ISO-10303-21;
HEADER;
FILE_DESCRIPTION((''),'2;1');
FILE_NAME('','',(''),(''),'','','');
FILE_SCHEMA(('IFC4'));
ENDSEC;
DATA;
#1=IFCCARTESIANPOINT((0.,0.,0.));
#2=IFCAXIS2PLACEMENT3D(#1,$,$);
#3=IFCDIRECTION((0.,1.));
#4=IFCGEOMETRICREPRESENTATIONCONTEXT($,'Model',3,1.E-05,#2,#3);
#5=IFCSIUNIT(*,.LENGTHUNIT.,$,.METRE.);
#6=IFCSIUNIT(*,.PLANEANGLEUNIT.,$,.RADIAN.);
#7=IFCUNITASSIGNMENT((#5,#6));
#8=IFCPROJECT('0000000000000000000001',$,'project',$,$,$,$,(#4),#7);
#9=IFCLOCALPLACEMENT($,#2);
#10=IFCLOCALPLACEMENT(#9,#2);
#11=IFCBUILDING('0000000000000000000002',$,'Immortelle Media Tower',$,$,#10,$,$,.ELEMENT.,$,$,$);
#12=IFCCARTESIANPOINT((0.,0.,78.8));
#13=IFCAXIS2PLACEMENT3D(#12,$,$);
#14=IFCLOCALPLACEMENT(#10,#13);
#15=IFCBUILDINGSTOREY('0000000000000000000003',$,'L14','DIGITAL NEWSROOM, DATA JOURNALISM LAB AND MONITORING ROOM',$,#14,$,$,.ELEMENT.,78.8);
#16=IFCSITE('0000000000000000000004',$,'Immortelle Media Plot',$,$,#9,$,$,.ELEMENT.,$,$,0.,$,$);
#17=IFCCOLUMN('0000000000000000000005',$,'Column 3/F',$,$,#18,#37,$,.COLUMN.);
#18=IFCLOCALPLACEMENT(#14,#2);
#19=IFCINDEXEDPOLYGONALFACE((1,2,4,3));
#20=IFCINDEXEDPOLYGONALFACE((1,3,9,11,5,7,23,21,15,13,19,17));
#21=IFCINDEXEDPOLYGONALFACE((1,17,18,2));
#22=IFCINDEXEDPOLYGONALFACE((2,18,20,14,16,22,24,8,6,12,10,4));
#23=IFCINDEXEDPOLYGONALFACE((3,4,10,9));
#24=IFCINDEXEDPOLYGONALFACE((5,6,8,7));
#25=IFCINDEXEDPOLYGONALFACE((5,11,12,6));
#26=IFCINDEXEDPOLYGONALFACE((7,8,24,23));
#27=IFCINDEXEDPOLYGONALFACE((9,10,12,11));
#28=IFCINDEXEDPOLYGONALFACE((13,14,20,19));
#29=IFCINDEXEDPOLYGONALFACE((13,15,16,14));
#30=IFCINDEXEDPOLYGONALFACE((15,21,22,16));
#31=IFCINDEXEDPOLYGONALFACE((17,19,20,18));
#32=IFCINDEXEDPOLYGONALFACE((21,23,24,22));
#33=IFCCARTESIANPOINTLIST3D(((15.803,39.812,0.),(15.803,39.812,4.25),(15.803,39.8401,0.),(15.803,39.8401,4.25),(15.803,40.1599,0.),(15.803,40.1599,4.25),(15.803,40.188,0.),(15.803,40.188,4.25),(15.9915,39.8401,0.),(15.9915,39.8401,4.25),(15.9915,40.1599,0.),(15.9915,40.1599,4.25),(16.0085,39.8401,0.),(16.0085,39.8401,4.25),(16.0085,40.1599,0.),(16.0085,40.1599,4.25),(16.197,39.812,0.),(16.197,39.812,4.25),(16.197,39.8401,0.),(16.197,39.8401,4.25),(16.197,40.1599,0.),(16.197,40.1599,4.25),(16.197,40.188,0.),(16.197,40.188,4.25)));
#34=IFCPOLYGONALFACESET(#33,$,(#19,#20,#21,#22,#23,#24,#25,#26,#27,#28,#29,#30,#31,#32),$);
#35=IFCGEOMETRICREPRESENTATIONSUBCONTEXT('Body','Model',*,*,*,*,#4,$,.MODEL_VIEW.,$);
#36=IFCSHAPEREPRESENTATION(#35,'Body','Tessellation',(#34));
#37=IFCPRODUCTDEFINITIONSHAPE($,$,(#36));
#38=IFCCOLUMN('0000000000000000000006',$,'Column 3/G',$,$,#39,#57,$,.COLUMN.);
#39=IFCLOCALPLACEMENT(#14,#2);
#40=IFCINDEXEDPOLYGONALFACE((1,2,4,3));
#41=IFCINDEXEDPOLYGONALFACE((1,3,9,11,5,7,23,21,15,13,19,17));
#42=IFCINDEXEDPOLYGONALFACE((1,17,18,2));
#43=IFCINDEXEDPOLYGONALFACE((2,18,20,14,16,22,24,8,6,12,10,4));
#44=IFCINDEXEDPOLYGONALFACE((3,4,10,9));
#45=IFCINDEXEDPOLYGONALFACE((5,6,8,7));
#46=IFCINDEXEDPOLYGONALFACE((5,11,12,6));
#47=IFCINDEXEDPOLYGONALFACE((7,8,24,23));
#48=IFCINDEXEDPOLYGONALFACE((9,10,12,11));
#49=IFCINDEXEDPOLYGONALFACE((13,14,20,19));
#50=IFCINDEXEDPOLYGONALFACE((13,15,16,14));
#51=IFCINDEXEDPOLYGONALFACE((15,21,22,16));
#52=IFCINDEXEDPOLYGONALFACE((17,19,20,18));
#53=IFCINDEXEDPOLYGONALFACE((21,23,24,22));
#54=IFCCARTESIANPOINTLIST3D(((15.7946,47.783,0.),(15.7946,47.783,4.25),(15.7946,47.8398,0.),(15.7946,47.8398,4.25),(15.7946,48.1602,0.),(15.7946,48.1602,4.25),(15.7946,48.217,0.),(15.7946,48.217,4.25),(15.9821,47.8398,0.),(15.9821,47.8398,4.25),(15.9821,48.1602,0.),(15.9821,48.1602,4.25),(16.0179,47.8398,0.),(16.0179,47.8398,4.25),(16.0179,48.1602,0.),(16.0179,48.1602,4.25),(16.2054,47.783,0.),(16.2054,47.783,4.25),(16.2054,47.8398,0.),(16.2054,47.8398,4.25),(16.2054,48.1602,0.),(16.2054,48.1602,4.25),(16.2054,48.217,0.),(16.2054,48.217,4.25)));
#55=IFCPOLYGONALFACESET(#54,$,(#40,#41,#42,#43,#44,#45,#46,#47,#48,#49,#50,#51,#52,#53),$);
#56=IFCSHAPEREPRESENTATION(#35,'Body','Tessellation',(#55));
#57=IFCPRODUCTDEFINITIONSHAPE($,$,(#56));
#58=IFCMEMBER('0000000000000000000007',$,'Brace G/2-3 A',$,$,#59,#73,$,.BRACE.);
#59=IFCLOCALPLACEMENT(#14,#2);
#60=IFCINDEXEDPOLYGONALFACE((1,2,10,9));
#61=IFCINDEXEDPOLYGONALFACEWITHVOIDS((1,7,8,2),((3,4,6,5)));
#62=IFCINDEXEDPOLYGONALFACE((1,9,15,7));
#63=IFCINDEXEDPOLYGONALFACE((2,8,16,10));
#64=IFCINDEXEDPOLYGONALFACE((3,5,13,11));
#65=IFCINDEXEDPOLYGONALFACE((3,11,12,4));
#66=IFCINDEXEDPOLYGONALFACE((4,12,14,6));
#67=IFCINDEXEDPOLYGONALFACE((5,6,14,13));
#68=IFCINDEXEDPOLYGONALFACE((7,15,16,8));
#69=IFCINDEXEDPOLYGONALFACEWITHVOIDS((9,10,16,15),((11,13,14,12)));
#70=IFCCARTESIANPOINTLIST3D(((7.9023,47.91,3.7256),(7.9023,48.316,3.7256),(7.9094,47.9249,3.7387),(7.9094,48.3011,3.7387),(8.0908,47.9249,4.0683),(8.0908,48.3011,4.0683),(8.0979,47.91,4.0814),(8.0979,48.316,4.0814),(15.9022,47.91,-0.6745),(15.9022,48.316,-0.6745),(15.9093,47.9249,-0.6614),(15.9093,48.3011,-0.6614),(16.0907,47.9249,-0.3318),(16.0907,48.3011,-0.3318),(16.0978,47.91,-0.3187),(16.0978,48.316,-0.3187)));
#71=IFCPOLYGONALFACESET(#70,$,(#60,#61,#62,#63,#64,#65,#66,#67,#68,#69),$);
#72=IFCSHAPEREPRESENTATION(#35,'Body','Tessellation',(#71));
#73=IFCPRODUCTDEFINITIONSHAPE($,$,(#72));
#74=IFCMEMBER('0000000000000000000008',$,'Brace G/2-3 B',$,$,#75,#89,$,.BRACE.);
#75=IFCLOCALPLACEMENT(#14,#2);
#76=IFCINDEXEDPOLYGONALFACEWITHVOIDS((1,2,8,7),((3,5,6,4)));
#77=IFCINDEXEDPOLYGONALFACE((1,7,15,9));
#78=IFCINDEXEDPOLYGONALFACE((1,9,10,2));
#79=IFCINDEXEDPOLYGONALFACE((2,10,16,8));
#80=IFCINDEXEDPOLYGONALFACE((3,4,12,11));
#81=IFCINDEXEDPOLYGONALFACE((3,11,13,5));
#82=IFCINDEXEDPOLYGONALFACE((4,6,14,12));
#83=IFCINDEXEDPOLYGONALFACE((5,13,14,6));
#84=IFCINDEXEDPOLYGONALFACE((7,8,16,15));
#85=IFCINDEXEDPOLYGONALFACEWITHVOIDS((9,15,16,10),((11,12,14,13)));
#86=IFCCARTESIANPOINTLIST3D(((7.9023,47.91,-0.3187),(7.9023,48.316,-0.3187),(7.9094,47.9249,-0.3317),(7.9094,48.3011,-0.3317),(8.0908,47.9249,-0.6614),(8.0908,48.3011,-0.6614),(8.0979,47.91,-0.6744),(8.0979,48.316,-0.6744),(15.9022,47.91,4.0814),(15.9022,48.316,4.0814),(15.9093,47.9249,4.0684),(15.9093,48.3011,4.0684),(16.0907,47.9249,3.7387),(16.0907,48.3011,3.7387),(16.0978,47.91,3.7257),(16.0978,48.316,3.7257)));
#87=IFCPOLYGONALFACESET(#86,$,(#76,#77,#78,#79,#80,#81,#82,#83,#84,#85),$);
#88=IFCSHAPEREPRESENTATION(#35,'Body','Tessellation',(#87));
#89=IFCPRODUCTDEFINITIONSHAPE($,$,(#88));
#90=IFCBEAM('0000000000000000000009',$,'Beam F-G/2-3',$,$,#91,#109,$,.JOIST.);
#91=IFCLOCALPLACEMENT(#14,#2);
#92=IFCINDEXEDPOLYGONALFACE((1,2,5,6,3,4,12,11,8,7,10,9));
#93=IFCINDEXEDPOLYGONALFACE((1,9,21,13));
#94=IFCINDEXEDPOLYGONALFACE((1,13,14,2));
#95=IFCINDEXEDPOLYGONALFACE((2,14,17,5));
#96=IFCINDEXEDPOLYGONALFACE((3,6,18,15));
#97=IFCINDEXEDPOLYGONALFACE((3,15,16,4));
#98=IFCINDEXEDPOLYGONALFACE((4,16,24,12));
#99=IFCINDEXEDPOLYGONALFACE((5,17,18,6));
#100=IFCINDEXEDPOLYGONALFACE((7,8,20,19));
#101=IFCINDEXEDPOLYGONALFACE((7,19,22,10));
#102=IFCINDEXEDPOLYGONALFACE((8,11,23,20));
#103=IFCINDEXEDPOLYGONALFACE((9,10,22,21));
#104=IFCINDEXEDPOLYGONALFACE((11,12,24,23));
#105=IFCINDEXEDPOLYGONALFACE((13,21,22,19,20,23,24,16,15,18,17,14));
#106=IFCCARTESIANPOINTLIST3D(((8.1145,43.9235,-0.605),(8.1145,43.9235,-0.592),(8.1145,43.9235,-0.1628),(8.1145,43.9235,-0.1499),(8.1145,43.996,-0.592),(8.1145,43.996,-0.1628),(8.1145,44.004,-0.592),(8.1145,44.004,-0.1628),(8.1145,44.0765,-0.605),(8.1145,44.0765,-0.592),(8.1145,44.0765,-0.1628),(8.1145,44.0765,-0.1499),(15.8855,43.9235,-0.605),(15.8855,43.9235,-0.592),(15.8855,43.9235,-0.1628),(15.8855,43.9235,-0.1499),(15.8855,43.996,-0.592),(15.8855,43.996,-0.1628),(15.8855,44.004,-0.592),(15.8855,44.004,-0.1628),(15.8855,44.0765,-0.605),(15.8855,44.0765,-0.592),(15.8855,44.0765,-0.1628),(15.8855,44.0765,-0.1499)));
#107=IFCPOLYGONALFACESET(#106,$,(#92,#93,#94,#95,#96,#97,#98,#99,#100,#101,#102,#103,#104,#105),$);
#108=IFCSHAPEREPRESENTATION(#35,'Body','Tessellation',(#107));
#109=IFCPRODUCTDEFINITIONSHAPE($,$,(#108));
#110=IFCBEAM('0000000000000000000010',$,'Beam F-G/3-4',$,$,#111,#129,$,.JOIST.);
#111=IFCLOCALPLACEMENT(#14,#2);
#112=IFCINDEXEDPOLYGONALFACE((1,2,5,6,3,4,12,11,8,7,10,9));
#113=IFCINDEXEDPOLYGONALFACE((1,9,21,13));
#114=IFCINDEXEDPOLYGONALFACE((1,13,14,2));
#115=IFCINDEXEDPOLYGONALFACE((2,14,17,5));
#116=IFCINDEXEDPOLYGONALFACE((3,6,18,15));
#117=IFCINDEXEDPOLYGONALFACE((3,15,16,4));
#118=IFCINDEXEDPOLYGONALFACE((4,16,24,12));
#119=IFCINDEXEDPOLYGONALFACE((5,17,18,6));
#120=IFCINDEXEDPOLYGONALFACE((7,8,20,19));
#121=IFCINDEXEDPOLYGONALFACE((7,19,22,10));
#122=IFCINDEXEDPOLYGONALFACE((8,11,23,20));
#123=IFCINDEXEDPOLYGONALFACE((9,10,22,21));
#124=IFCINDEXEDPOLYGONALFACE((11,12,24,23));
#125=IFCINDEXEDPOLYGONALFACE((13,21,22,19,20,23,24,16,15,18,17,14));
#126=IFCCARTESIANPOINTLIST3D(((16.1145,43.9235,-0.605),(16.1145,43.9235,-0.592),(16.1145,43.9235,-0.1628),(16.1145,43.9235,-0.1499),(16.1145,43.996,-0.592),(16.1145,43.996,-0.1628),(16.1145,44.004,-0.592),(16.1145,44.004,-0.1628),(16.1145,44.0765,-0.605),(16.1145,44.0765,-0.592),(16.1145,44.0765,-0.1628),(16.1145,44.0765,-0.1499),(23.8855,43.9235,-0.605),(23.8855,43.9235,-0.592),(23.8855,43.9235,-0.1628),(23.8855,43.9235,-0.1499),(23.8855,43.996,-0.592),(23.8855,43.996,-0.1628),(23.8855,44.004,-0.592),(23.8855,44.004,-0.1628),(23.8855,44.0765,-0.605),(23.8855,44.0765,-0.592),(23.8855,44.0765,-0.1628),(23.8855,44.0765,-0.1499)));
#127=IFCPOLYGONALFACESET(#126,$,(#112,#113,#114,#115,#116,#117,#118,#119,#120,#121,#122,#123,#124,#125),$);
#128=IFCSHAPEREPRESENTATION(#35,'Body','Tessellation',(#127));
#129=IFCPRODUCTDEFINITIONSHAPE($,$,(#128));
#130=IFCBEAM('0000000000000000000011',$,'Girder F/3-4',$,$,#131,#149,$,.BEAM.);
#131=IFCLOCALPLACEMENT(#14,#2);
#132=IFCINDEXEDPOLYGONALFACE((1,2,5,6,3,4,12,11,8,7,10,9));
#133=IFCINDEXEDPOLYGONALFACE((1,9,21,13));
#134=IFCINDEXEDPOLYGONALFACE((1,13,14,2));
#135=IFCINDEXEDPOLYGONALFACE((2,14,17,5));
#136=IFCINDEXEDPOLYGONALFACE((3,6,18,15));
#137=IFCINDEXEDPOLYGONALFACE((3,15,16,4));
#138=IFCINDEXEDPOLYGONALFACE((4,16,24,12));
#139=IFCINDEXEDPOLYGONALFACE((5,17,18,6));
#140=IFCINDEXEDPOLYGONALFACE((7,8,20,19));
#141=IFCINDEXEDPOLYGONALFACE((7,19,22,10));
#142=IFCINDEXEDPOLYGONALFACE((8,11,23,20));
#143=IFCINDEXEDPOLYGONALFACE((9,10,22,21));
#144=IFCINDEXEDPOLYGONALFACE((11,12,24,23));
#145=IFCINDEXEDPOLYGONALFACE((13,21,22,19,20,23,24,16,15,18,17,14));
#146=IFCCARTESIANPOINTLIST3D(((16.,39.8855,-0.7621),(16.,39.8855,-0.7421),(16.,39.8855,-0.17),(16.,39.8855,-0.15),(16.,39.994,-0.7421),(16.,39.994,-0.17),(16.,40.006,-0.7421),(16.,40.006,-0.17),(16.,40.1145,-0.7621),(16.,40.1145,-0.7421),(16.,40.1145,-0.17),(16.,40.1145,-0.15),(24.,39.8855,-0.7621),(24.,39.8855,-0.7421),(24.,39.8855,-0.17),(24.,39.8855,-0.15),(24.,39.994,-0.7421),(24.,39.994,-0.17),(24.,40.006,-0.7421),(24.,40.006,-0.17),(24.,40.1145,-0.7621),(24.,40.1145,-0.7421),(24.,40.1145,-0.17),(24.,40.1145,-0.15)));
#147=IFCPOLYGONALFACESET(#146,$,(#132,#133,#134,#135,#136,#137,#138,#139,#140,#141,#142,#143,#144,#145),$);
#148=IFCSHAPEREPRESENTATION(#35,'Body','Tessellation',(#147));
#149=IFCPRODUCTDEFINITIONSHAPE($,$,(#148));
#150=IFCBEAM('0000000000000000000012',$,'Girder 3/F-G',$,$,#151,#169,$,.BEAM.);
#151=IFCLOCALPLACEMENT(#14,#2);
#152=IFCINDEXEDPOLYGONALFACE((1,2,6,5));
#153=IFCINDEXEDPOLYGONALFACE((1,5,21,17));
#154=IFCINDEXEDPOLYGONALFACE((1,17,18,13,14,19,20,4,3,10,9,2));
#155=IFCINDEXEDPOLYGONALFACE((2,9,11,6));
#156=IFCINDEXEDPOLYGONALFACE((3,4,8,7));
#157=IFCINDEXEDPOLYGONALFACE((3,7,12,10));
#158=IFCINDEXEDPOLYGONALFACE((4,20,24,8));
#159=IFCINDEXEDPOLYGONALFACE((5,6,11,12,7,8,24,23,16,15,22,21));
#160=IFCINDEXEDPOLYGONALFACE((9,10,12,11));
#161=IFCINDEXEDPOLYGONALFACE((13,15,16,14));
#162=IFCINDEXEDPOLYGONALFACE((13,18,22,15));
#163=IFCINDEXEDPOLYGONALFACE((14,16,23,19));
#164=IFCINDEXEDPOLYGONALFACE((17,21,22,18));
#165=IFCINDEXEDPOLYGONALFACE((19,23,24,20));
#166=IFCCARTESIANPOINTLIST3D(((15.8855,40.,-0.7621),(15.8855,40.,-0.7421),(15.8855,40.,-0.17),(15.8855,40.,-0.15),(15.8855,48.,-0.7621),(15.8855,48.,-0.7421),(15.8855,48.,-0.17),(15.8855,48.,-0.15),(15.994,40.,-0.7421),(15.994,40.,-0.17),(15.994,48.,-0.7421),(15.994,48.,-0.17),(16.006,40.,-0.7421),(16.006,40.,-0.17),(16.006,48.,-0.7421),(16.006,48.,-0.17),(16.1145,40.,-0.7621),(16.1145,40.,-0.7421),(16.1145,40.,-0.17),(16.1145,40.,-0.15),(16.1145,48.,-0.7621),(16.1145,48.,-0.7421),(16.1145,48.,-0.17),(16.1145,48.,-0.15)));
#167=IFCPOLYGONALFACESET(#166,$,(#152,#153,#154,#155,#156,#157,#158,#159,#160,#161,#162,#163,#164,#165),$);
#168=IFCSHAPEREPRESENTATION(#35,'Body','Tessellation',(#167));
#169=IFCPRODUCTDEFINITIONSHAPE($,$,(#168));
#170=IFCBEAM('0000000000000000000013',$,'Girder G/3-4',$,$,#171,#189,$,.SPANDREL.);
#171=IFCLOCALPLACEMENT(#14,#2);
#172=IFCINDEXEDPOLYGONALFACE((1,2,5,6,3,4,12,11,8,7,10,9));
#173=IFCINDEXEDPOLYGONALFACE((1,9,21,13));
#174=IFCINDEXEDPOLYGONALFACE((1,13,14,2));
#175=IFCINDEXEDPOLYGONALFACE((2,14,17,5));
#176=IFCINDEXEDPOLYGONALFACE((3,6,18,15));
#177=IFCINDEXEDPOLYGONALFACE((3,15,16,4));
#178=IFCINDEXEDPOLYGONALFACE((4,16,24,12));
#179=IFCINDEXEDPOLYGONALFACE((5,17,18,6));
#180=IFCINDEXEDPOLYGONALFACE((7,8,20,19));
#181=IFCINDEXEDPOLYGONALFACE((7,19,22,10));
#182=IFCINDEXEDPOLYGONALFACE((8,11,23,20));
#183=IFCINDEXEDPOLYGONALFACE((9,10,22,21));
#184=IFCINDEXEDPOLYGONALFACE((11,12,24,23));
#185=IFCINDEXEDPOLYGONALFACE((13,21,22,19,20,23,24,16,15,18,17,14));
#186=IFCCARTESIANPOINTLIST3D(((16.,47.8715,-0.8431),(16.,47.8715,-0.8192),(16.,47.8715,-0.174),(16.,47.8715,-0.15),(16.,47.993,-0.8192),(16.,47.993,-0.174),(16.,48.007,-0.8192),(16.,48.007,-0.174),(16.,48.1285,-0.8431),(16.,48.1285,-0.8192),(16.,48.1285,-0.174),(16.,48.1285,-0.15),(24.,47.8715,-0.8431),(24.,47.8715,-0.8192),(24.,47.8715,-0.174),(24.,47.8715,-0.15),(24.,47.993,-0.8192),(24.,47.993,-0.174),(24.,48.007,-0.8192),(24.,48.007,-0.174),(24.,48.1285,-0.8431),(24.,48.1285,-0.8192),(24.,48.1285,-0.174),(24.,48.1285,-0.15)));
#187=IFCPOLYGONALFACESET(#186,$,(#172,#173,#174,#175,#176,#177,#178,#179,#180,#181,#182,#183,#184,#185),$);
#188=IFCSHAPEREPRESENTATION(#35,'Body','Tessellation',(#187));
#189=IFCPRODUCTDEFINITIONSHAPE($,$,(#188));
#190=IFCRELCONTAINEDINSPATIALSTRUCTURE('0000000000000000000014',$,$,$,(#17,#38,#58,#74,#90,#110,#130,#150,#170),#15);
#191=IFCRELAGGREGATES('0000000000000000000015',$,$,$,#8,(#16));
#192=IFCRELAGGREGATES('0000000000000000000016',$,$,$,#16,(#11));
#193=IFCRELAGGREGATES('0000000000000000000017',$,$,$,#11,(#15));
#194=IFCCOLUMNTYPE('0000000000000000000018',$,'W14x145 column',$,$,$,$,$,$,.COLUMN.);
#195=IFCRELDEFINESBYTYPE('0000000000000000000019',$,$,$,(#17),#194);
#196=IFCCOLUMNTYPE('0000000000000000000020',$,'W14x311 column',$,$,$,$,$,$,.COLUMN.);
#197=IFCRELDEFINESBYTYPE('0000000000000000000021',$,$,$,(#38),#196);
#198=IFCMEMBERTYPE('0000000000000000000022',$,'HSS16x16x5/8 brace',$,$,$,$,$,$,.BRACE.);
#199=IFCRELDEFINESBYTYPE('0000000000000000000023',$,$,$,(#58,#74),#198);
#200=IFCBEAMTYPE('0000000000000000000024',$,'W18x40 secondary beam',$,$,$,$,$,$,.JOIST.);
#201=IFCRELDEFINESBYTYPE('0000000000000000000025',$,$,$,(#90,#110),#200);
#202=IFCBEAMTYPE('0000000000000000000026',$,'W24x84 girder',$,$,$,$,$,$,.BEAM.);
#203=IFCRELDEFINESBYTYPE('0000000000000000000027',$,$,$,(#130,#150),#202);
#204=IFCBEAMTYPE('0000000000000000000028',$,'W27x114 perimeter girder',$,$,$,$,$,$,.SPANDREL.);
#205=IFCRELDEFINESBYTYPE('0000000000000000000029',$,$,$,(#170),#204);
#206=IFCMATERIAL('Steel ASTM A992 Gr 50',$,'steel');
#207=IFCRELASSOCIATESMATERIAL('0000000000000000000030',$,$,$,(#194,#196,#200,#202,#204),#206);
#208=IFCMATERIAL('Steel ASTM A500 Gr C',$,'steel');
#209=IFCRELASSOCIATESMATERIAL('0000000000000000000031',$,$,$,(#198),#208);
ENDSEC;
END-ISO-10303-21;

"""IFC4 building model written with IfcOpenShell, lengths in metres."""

from ifc_helpers import new_model, si_unit, direction, frame, origin, origin_2d, place, context, subcontext, project, spatial, hollow_rectangle, i_section, extrude, material, material_profile, profile_set, type_object, element, save


model = new_model("IFC4")

# Units and contexts
model_context = context("Model", 3, precision=1e-05, world=origin(), true_north=direction((0.0, 1.0)))
body_context = subcontext(model_context, "Body", "Model", "MODEL_VIEW")
ifc_project = project(units=[si_unit("LENGTHUNIT", "METRE"), si_unit("PLANEANGLEUNIT", "RADIAN")], contexts=[model_context])

# Site, building, storey
site_placement = place(None, origin())
site = spatial("IfcSite", under=ifc_project, at=site_placement, Name="Immortelle Media Plot", CompositionType="ELEMENT", RefElevation=0.0)
building_placement = place(site_placement, origin())
building = spatial("IfcBuilding", under=site, at=building_placement, Name="Immortelle Media Tower", CompositionType="ELEMENT")
storey_placement = place(building_placement, frame((0.0, 0.0, 78.8)))
storey = spatial("IfcBuildingStorey", under=building, at=storey_placement, Name="L14", Description="DIGITAL NEWSROOM, DATA JOURNALISM LAB AND MONITORING ROOM", CompositionType="ELEMENT", Elevation=78.8)

# Columns
ifc_material_1 = material(Name="Steel ASTM A992 Gr 50", Category="steel")
ifc_material_profile_1 = material_profile(ifc_material_1, i_section(OverallWidth=0.394, OverallDepth=0.376, WebThickness=0.0171, FlangeThickness=0.0281, at=origin_2d()), Name="W14x145")
ifc_profile_set_1 = profile_set([ifc_material_profile_1], Name="Steel ASTM A992 Gr 50")
column_type_1 = type_object("IfcColumnType", Name="W14x145 column", PredefinedType="COLUMN", material=ifc_profile_set_1)
column_1_placement = place(storey_placement, frame((16.0, 40.0, 0.0), z_axis=(0.0, 0.0, 1.0), x_axis=(1.0, 0.0, 0.0)))
element("IfcColumn", 1, at=column_1_placement, inside=storey, type_object=column_type_1, Name="Column 3/F", PredefinedType="COLUMN", context=body_context, shape_type="SweptSolid", body=[
    extrude(i_section(OverallWidth=0.394, OverallDepth=0.376, WebThickness=0.0171, FlangeThickness=0.0281, at=origin_2d()), origin(), (0.0, 0.0, 1.0), 4.25),
])
ifc_material_profile_2 = material_profile(ifc_material_1, i_section(OverallWidth=0.4109, OverallDepth=0.4341, WebThickness=0.0359, FlangeThickness=0.0569, at=origin_2d()), Name="W14x311")
ifc_profile_set_2 = profile_set([ifc_material_profile_2], Name="Steel ASTM A992 Gr 50")
column_type_2 = type_object("IfcColumnType", Name="W14x311 column", PredefinedType="COLUMN", material=ifc_profile_set_2)
column_2_placement = place(storey_placement, frame((16.0, 48.0, 0.0), z_axis=(0.0, 0.0, 1.0), x_axis=(1.0, 0.0, 0.0)))
element("IfcColumn", 2, at=column_2_placement, inside=storey, type_object=column_type_2, Name="Column 3/G", PredefinedType="COLUMN", context=body_context, shape_type="SweptSolid", body=[
    extrude(i_section(OverallWidth=0.4109, OverallDepth=0.4341, WebThickness=0.0359, FlangeThickness=0.0569, at=origin_2d()), origin(), (0.0, 0.0, 1.0), 4.25),
])

# Members
ifc_material_2 = material(Name="Steel ASTM A500 Gr C", Category="steel")
ifc_material_profile_3 = material_profile(ifc_material_2, hollow_rectangle(XDim=0.406, YDim=0.406, WallThickness=0.0149, at=origin_2d()), Name="HSS16x16x5/8 brace")
ifc_profile_set_3 = profile_set([ifc_material_profile_3], Name="Steel ASTM A500 Gr C")
member_type = type_object("IfcMemberType", Name="HSS16x16x5/8 brace", PredefinedType="BRACE", material=ifc_profile_set_3)
for number, where, z_axis, x_axis, name in (
    (3, (16.0, 48.113, -0.4966), (-0.876209, 0.0, 0.481931), (0.0, -1.0, 0.0), "Brace G/2-3 A"),
    (4, (16.0, 48.113, 3.9036), (-0.876209, 0.0, -0.481931), (0.0, -1.0, 0.0), "Brace G/2-3 B"),
):
    element("IfcMember", number, at=place(storey_placement, frame(where, z_axis=z_axis, x_axis=x_axis)), inside=storey, type_object=member_type, Name=name, PredefinedType="BRACE", context=body_context, shape_type="SweptSolid", body=[
        extrude(hollow_rectangle(XDim=0.406, YDim=0.406, WallThickness=0.0149, at=origin_2d()), origin(), (0.0, 0.0, 1.0), 9.1301),
    ])

# Beams
ifc_material_profile_4 = material_profile(ifc_material_1, i_section(OverallWidth=0.1531, OverallDepth=0.4551, WebThickness=0.0081, FlangeThickness=0.0129, at=origin_2d()), Name="W18x40")
ifc_profile_set_4 = profile_set([ifc_material_profile_4], Name="Steel ASTM A992 Gr 50")
beam_type_1 = type_object("IfcBeamType", Name="W18x40 secondary beam", PredefinedType="JOIST", material=ifc_profile_set_4)
for number, where, z_axis, x_axis, name in (
    (5, (8.1145, 44.0, -0.3774), (1.0, 0.0, 0.0), (0.0, 1.0, 0.0), "Beam F-G/2-3"),
    (6, (16.1145, 44.0, -0.3774), (1.0, 0.0, 0.0), (0.0, 1.0, 0.0), "Beam F-G/3-4"),
):
    element("IfcBeam", number, at=place(storey_placement, frame(where, z_axis=z_axis, x_axis=x_axis)), inside=storey, type_object=beam_type_1, Name=name, PredefinedType="JOIST", context=body_context, shape_type="SweptSolid", body=[
        extrude(i_section(OverallWidth=0.1531, OverallDepth=0.4551, WebThickness=0.0081, FlangeThickness=0.0129, at=origin_2d()), origin(), (0.0, 0.0, 1.0), 7.771),
    ])
ifc_material_profile_5 = material_profile(ifc_material_1, i_section(OverallWidth=0.229, OverallDepth=0.6121, WebThickness=0.012, FlangeThickness=0.02, at=origin_2d()), Name="W24x84")
ifc_profile_set_5 = profile_set([ifc_material_profile_5], Name="Steel ASTM A992 Gr 50")
beam_type_2 = type_object("IfcBeamType", Name="W24x84 girder", PredefinedType="BEAM", material=ifc_profile_set_5)
for number, where, z_axis, x_axis, name in (
    (7, (16.0, 40.0, -0.4561), (1.0, 0.0, 0.0), (0.0, 1.0, 0.0), "Girder F/3-4"),
    (8, (16.0, 40.0, -0.4561), (0.0, 1.0, 0.0), (-1.0, 0.0, 0.0), "Girder 3/F-G"),
):
    element("IfcBeam", number, at=place(storey_placement, frame(where, z_axis=z_axis, x_axis=x_axis)), inside=storey, type_object=beam_type_2, Name=name, PredefinedType="BEAM", context=body_context, shape_type="SweptSolid", body=[
        extrude(i_section(OverallWidth=0.229, OverallDepth=0.6121, WebThickness=0.012, FlangeThickness=0.02, at=origin_2d()), origin(), (0.0, 0.0, 1.0), 8.0),
    ])
ifc_material_profile_6 = material_profile(ifc_material_1, i_section(OverallWidth=0.2571, OverallDepth=0.6931, WebThickness=0.0139, FlangeThickness=0.0239, at=origin_2d()), Name="W27x114")
ifc_profile_set_6 = profile_set([ifc_material_profile_6], Name="Steel ASTM A992 Gr 50")
beam_type_3 = type_object("IfcBeamType", Name="W27x114 perimeter girder", PredefinedType="SPANDREL", material=ifc_profile_set_6)
beam_placement = place(storey_placement, frame((16.0, 48.0, -0.4966), z_axis=(1.0, 0.0, 0.0), x_axis=(0.0, 1.0, 0.0)))
element("IfcBeam", 9, at=beam_placement, inside=storey, type_object=beam_type_3, Name="Girder G/3-4", PredefinedType="SPANDREL", context=body_context, shape_type="SweptSolid", body=[
    extrude(i_section(OverallWidth=0.2571, OverallDepth=0.6931, WebThickness=0.0139, FlangeThickness=0.0239, at=origin_2d()), origin(), (0.0, 0.0, 1.0), 8.0),
])

save(model, "model.ifc")
